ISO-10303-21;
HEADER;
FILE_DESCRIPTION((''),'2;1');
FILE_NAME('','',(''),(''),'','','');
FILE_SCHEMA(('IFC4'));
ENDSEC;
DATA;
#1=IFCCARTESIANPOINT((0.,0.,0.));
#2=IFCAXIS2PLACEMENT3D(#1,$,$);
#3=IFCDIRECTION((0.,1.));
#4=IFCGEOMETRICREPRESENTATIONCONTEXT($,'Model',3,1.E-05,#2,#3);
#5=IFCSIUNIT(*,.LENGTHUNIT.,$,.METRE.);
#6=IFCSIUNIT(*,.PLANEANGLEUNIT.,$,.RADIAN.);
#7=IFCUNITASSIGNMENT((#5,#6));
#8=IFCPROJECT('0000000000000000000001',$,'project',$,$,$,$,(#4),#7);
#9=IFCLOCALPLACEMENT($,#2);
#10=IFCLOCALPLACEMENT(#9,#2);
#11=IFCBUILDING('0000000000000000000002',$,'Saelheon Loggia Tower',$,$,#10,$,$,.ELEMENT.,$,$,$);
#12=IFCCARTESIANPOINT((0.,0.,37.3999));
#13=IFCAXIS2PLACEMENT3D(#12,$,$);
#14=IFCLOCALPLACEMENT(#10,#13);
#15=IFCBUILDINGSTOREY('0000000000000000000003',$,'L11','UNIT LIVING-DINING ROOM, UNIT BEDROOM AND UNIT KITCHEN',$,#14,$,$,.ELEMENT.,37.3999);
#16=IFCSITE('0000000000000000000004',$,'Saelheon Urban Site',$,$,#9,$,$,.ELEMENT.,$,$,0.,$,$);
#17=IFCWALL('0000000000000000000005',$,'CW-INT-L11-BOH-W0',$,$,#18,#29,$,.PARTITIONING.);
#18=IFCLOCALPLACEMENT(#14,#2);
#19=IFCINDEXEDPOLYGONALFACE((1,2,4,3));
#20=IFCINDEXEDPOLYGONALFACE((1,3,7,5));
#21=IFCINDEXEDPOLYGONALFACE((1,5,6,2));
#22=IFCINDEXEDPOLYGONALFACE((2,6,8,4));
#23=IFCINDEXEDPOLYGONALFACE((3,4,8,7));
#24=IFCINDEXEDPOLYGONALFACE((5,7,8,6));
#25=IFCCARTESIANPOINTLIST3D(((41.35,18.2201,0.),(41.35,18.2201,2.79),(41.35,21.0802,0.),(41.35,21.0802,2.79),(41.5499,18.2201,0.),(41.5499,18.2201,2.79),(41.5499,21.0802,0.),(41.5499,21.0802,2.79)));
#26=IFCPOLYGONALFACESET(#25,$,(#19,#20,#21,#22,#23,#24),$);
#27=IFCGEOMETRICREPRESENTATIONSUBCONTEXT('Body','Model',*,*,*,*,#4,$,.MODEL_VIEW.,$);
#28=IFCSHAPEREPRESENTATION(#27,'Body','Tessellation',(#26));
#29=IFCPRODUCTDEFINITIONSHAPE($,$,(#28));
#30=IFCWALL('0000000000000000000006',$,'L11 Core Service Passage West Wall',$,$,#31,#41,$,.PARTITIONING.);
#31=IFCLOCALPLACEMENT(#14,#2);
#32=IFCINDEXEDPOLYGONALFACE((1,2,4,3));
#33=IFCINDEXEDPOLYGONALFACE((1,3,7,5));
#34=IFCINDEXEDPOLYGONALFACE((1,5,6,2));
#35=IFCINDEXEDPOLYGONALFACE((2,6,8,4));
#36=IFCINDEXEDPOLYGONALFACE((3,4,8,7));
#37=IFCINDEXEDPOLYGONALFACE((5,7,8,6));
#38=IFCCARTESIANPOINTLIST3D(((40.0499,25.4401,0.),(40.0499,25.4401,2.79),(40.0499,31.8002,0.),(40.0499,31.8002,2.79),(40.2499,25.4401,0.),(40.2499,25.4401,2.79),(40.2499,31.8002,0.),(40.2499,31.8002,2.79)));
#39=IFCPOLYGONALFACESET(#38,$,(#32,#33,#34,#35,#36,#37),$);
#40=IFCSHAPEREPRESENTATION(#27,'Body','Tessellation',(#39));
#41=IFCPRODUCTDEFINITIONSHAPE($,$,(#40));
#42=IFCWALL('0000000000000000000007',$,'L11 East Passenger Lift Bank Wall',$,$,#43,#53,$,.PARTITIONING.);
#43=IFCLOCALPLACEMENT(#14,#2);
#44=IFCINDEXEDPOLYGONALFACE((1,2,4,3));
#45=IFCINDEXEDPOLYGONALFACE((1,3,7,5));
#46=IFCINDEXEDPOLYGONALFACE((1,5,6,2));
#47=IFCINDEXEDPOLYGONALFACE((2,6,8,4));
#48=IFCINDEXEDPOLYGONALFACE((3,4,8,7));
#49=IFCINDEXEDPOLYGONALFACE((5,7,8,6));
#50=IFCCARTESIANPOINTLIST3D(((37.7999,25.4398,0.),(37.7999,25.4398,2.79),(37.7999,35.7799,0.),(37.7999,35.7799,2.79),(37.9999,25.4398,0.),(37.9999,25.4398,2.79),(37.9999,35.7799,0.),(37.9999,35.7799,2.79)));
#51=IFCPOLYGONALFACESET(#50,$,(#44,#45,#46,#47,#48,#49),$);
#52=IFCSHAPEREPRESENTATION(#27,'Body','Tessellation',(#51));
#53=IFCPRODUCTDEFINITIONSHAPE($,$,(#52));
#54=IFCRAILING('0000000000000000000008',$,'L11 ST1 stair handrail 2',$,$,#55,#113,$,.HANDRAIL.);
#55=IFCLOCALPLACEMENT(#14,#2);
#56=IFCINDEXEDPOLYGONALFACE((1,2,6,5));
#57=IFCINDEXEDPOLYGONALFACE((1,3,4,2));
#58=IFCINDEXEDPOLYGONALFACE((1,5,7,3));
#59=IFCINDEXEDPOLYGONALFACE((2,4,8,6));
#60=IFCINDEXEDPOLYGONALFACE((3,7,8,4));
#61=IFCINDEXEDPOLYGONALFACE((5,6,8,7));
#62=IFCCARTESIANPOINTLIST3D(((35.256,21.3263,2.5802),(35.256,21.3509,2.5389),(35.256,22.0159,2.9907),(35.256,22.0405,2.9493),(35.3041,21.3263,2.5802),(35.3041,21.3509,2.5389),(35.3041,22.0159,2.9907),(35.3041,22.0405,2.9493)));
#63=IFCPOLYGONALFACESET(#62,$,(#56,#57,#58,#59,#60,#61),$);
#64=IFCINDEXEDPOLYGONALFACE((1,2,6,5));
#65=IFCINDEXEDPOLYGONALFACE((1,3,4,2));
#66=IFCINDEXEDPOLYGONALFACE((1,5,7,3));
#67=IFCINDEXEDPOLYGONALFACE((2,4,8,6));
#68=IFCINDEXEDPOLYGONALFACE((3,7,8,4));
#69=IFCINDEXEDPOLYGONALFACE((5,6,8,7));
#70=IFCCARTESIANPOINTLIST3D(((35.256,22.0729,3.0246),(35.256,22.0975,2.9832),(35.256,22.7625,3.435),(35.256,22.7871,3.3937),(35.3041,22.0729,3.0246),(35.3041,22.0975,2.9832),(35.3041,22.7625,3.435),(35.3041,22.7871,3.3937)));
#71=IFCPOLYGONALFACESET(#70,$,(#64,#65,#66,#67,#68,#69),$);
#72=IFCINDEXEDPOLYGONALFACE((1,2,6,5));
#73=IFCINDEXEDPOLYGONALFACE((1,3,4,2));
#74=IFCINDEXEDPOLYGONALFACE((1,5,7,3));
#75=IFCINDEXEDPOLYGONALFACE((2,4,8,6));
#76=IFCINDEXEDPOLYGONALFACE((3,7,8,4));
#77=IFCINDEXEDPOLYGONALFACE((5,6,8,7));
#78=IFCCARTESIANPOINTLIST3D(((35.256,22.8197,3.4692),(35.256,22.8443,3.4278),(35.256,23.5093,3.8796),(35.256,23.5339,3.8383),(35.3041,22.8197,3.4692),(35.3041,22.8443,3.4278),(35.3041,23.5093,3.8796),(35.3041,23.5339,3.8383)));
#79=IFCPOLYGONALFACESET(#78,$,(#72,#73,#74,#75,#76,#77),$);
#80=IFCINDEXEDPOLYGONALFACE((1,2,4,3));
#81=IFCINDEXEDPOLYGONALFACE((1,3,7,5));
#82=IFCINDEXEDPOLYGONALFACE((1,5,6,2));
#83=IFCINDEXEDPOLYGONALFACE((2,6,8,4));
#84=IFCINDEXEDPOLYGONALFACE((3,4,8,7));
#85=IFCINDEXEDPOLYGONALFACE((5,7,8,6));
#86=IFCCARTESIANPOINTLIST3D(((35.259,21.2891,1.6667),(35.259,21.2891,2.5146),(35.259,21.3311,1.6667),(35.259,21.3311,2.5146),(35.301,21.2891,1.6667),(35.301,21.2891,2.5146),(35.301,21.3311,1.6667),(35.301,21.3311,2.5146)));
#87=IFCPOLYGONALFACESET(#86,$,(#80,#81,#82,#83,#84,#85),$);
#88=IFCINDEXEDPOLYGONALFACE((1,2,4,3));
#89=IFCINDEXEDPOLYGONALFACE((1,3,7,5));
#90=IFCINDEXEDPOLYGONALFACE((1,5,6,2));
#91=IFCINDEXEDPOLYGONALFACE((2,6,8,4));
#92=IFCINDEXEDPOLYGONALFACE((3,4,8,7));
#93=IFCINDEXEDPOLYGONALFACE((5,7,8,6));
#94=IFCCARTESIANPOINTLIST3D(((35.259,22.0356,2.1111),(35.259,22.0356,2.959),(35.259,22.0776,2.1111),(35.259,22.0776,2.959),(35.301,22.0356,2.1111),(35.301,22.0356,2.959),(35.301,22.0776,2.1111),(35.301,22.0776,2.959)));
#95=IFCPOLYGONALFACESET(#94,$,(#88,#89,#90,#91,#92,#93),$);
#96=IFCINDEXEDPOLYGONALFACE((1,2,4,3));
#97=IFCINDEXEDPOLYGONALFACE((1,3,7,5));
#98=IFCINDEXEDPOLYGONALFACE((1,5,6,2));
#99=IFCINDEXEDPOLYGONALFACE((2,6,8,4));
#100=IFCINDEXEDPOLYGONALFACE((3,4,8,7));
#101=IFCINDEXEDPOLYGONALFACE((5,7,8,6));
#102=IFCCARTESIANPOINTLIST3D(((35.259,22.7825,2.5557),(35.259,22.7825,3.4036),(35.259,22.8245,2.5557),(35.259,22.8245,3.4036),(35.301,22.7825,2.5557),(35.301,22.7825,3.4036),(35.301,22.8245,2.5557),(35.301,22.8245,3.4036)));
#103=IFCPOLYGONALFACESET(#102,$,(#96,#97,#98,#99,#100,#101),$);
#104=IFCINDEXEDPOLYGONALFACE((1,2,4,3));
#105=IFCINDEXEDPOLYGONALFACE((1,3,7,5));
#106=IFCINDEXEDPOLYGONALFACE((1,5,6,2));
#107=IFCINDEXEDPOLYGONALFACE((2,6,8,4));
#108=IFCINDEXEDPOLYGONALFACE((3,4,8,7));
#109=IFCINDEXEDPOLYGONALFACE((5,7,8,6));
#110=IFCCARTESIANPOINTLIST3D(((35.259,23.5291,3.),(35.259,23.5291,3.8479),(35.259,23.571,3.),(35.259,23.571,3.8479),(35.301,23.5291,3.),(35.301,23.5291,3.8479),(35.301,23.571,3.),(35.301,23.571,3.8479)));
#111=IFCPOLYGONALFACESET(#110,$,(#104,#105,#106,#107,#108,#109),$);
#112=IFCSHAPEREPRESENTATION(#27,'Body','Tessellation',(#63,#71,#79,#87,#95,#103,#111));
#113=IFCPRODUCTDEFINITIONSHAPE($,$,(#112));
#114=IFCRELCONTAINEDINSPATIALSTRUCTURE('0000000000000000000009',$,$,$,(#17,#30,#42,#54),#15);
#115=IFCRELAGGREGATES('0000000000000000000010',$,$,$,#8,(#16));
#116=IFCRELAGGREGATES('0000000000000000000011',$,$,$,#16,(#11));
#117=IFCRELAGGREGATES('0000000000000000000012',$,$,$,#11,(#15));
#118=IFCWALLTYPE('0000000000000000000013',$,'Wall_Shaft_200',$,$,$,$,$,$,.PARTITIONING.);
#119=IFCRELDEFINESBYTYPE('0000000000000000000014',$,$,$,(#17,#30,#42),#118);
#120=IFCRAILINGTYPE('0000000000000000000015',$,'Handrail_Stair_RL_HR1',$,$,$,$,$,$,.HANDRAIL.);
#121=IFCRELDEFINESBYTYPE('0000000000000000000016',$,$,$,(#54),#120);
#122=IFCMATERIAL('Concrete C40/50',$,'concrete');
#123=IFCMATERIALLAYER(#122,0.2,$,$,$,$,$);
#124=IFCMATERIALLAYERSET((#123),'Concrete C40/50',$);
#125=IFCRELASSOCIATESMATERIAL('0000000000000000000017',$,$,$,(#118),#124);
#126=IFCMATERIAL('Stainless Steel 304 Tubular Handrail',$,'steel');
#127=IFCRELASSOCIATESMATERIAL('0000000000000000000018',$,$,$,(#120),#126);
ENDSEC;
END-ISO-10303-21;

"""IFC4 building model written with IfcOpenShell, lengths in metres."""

from ifc_helpers import new_model, si_unit, direction, frame, frame_2d, origin, origin_2d, place, context, subcontext, project, spatial, rectangle, extrude, material, layer, layer_set, type_object, element, save


model = new_model("IFC4")

# Units and contexts
model_context = context("Model", 3, precision=1e-05, world=origin(), true_north=direction((0.0, 1.0)))
body_context = subcontext(model_context, "Body", "Model", "MODEL_VIEW")
ifc_project = project(units=[si_unit("LENGTHUNIT", "METRE"), si_unit("PLANEANGLEUNIT", "RADIAN")], contexts=[model_context])

# Site, building, storey
site_placement = place(None, origin())
site = spatial("IfcSite", under=ifc_project, at=site_placement, Name="Saelheon Urban Site", CompositionType="ELEMENT", RefElevation=0.0)
building_placement = place(site_placement, origin())
building = spatial("IfcBuilding", under=site, at=building_placement, Name="Saelheon Loggia Tower", CompositionType="ELEMENT")
storey_placement = place(building_placement, frame((0.0, 0.0, 37.3999)))
storey = spatial("IfcBuildingStorey", under=building, at=storey_placement, Name="L11", Description="UNIT LIVING-DINING ROOM, UNIT BEDROOM AND UNIT KITCHEN", CompositionType="ELEMENT", Elevation=37.3999)

# Walls
ifc_material_1 = material(Name="Concrete C40/50", Category="concrete")
ifc_layer_1 = layer(ifc_material_1, 0.2)
ifc_layer_set_1 = layer_set([ifc_layer_1], Name="Concrete C40/50")
wall_type_1 = type_object("IfcWallType", Name="Wall_Shaft_200", PredefinedType="PARTITIONING", material=ifc_layer_set_1)
wall_1_placement = place(storey_placement, frame((41.45, 18.22, 0.0), z_axis=(0.0, 0.0, 1.0), x_axis=(0.0, 1.0, 0.0)))
element("IfcWall", 1, at=wall_1_placement, inside=storey, type_object=wall_type_1, Name="CW-INT-L11-BOH-W0", PredefinedType="PARTITIONING", context=body_context, shape_type="SweptSolid", body=[
    extrude(rectangle(XDim=2.8601, YDim=0.2, at=frame_2d((1.4302, 0.0))), origin(), (0.0, 0.0, 1.0), 2.79),
])
wall_2_placement = place(storey_placement, frame((40.1499, 25.4399, 0.0), z_axis=(0.0, 0.0, 1.0), x_axis=(0.0, 1.0, 0.0)))
element("IfcWall", 2, at=wall_2_placement, inside=storey, type_object=wall_type_1, Name="L11 Core Service Passage West Wall", PredefinedType="PARTITIONING", context=body_context, shape_type="SweptSolid", body=[
    extrude(rectangle(XDim=6.3601, YDim=0.2, at=frame_2d((3.1802, 0.0))), origin(), (0.0, 0.0, 1.0), 2.79),
])

# Wall
wall_3_placement = place(storey_placement, frame((37.8999, 25.4399, 0.0), z_axis=(0.0, 0.0, 1.0), x_axis=(0.0, 1.0, 0.0)))
element("IfcWall", 3, at=wall_3_placement, inside=storey, type_object=wall_type_1, Name="L11 East Passenger Lift Bank Wall", PredefinedType="PARTITIONING", context=body_context, shape_type="SweptSolid", body=[
    extrude(rectangle(XDim=10.3401, YDim=0.2, at=frame_2d((5.1699, 0.0))), origin(), (0.0, 0.0, 1.0), 2.79),
])

# Railing
ifc_material_2 = material(Name="Stainless Steel 304 Tubular Handrail", Category="steel")
railing_type = type_object("IfcRailingType", Name="Handrail_Stair_RL_HR1", PredefinedType="HANDRAIL", material=ifc_material_2)
railing_placement = place(storey_placement, frame((35.28, 21.3101, 1.6667)))
element("IfcRailing", 4, at=railing_placement, inside=storey, type_object=railing_type, Name="L11 ST1 stair handrail 2", PredefinedType="HANDRAIL", context=body_context, shape_type="SweptSolid", body=[
    extrude(rectangle(XDim=0.0481, YDim=0.0481, at=origin_2d()), frame((0.0, 0.0286, 0.8928), z_axis=(0.0, 0.859306, 0.511462), x_axis=(-1.0, 0.0, 0.0)), (0.0, 0.0, 1.0), 0.8025),
    extrude(rectangle(XDim=0.0481, YDim=0.0481, at=origin_2d()), frame((0.0, 0.7751, 1.3372), z_axis=(0.0, 0.859306, 0.511462), x_axis=(-1.0, 0.0, 0.0)), (0.0, 0.0, 1.0), 0.8025),
    extrude(rectangle(XDim=0.0481, YDim=0.0481, at=origin_2d()), frame((0.0, 1.522, 1.7817), z_axis=(0.0, 0.859306, 0.511462), x_axis=(-1.0, 0.0, 0.0)), (0.0, 0.0, 1.0), 0.8025),
    extrude(rectangle(XDim=0.042, YDim=0.042, at=origin_2d()), origin(), (0.0, 0.0, 1.0), 0.8479),
    extrude(rectangle(XDim=0.042, YDim=0.042, at=origin_2d()), frame((0.0, 0.7466, 0.4443)), (0.0, 0.0, 1.0), 0.8479),
    extrude(rectangle(XDim=0.042, YDim=0.042, at=origin_2d()), frame((0.0, 1.4934, 0.8889)), (0.0, 0.0, 1.0), 0.8479),
    extrude(rectangle(XDim=0.042, YDim=0.042, at=origin_2d()), frame((0.0, 2.24, 1.3333)), (0.0, 0.0, 1.0), 0.8479),
])

save(model, "model.ifc")
